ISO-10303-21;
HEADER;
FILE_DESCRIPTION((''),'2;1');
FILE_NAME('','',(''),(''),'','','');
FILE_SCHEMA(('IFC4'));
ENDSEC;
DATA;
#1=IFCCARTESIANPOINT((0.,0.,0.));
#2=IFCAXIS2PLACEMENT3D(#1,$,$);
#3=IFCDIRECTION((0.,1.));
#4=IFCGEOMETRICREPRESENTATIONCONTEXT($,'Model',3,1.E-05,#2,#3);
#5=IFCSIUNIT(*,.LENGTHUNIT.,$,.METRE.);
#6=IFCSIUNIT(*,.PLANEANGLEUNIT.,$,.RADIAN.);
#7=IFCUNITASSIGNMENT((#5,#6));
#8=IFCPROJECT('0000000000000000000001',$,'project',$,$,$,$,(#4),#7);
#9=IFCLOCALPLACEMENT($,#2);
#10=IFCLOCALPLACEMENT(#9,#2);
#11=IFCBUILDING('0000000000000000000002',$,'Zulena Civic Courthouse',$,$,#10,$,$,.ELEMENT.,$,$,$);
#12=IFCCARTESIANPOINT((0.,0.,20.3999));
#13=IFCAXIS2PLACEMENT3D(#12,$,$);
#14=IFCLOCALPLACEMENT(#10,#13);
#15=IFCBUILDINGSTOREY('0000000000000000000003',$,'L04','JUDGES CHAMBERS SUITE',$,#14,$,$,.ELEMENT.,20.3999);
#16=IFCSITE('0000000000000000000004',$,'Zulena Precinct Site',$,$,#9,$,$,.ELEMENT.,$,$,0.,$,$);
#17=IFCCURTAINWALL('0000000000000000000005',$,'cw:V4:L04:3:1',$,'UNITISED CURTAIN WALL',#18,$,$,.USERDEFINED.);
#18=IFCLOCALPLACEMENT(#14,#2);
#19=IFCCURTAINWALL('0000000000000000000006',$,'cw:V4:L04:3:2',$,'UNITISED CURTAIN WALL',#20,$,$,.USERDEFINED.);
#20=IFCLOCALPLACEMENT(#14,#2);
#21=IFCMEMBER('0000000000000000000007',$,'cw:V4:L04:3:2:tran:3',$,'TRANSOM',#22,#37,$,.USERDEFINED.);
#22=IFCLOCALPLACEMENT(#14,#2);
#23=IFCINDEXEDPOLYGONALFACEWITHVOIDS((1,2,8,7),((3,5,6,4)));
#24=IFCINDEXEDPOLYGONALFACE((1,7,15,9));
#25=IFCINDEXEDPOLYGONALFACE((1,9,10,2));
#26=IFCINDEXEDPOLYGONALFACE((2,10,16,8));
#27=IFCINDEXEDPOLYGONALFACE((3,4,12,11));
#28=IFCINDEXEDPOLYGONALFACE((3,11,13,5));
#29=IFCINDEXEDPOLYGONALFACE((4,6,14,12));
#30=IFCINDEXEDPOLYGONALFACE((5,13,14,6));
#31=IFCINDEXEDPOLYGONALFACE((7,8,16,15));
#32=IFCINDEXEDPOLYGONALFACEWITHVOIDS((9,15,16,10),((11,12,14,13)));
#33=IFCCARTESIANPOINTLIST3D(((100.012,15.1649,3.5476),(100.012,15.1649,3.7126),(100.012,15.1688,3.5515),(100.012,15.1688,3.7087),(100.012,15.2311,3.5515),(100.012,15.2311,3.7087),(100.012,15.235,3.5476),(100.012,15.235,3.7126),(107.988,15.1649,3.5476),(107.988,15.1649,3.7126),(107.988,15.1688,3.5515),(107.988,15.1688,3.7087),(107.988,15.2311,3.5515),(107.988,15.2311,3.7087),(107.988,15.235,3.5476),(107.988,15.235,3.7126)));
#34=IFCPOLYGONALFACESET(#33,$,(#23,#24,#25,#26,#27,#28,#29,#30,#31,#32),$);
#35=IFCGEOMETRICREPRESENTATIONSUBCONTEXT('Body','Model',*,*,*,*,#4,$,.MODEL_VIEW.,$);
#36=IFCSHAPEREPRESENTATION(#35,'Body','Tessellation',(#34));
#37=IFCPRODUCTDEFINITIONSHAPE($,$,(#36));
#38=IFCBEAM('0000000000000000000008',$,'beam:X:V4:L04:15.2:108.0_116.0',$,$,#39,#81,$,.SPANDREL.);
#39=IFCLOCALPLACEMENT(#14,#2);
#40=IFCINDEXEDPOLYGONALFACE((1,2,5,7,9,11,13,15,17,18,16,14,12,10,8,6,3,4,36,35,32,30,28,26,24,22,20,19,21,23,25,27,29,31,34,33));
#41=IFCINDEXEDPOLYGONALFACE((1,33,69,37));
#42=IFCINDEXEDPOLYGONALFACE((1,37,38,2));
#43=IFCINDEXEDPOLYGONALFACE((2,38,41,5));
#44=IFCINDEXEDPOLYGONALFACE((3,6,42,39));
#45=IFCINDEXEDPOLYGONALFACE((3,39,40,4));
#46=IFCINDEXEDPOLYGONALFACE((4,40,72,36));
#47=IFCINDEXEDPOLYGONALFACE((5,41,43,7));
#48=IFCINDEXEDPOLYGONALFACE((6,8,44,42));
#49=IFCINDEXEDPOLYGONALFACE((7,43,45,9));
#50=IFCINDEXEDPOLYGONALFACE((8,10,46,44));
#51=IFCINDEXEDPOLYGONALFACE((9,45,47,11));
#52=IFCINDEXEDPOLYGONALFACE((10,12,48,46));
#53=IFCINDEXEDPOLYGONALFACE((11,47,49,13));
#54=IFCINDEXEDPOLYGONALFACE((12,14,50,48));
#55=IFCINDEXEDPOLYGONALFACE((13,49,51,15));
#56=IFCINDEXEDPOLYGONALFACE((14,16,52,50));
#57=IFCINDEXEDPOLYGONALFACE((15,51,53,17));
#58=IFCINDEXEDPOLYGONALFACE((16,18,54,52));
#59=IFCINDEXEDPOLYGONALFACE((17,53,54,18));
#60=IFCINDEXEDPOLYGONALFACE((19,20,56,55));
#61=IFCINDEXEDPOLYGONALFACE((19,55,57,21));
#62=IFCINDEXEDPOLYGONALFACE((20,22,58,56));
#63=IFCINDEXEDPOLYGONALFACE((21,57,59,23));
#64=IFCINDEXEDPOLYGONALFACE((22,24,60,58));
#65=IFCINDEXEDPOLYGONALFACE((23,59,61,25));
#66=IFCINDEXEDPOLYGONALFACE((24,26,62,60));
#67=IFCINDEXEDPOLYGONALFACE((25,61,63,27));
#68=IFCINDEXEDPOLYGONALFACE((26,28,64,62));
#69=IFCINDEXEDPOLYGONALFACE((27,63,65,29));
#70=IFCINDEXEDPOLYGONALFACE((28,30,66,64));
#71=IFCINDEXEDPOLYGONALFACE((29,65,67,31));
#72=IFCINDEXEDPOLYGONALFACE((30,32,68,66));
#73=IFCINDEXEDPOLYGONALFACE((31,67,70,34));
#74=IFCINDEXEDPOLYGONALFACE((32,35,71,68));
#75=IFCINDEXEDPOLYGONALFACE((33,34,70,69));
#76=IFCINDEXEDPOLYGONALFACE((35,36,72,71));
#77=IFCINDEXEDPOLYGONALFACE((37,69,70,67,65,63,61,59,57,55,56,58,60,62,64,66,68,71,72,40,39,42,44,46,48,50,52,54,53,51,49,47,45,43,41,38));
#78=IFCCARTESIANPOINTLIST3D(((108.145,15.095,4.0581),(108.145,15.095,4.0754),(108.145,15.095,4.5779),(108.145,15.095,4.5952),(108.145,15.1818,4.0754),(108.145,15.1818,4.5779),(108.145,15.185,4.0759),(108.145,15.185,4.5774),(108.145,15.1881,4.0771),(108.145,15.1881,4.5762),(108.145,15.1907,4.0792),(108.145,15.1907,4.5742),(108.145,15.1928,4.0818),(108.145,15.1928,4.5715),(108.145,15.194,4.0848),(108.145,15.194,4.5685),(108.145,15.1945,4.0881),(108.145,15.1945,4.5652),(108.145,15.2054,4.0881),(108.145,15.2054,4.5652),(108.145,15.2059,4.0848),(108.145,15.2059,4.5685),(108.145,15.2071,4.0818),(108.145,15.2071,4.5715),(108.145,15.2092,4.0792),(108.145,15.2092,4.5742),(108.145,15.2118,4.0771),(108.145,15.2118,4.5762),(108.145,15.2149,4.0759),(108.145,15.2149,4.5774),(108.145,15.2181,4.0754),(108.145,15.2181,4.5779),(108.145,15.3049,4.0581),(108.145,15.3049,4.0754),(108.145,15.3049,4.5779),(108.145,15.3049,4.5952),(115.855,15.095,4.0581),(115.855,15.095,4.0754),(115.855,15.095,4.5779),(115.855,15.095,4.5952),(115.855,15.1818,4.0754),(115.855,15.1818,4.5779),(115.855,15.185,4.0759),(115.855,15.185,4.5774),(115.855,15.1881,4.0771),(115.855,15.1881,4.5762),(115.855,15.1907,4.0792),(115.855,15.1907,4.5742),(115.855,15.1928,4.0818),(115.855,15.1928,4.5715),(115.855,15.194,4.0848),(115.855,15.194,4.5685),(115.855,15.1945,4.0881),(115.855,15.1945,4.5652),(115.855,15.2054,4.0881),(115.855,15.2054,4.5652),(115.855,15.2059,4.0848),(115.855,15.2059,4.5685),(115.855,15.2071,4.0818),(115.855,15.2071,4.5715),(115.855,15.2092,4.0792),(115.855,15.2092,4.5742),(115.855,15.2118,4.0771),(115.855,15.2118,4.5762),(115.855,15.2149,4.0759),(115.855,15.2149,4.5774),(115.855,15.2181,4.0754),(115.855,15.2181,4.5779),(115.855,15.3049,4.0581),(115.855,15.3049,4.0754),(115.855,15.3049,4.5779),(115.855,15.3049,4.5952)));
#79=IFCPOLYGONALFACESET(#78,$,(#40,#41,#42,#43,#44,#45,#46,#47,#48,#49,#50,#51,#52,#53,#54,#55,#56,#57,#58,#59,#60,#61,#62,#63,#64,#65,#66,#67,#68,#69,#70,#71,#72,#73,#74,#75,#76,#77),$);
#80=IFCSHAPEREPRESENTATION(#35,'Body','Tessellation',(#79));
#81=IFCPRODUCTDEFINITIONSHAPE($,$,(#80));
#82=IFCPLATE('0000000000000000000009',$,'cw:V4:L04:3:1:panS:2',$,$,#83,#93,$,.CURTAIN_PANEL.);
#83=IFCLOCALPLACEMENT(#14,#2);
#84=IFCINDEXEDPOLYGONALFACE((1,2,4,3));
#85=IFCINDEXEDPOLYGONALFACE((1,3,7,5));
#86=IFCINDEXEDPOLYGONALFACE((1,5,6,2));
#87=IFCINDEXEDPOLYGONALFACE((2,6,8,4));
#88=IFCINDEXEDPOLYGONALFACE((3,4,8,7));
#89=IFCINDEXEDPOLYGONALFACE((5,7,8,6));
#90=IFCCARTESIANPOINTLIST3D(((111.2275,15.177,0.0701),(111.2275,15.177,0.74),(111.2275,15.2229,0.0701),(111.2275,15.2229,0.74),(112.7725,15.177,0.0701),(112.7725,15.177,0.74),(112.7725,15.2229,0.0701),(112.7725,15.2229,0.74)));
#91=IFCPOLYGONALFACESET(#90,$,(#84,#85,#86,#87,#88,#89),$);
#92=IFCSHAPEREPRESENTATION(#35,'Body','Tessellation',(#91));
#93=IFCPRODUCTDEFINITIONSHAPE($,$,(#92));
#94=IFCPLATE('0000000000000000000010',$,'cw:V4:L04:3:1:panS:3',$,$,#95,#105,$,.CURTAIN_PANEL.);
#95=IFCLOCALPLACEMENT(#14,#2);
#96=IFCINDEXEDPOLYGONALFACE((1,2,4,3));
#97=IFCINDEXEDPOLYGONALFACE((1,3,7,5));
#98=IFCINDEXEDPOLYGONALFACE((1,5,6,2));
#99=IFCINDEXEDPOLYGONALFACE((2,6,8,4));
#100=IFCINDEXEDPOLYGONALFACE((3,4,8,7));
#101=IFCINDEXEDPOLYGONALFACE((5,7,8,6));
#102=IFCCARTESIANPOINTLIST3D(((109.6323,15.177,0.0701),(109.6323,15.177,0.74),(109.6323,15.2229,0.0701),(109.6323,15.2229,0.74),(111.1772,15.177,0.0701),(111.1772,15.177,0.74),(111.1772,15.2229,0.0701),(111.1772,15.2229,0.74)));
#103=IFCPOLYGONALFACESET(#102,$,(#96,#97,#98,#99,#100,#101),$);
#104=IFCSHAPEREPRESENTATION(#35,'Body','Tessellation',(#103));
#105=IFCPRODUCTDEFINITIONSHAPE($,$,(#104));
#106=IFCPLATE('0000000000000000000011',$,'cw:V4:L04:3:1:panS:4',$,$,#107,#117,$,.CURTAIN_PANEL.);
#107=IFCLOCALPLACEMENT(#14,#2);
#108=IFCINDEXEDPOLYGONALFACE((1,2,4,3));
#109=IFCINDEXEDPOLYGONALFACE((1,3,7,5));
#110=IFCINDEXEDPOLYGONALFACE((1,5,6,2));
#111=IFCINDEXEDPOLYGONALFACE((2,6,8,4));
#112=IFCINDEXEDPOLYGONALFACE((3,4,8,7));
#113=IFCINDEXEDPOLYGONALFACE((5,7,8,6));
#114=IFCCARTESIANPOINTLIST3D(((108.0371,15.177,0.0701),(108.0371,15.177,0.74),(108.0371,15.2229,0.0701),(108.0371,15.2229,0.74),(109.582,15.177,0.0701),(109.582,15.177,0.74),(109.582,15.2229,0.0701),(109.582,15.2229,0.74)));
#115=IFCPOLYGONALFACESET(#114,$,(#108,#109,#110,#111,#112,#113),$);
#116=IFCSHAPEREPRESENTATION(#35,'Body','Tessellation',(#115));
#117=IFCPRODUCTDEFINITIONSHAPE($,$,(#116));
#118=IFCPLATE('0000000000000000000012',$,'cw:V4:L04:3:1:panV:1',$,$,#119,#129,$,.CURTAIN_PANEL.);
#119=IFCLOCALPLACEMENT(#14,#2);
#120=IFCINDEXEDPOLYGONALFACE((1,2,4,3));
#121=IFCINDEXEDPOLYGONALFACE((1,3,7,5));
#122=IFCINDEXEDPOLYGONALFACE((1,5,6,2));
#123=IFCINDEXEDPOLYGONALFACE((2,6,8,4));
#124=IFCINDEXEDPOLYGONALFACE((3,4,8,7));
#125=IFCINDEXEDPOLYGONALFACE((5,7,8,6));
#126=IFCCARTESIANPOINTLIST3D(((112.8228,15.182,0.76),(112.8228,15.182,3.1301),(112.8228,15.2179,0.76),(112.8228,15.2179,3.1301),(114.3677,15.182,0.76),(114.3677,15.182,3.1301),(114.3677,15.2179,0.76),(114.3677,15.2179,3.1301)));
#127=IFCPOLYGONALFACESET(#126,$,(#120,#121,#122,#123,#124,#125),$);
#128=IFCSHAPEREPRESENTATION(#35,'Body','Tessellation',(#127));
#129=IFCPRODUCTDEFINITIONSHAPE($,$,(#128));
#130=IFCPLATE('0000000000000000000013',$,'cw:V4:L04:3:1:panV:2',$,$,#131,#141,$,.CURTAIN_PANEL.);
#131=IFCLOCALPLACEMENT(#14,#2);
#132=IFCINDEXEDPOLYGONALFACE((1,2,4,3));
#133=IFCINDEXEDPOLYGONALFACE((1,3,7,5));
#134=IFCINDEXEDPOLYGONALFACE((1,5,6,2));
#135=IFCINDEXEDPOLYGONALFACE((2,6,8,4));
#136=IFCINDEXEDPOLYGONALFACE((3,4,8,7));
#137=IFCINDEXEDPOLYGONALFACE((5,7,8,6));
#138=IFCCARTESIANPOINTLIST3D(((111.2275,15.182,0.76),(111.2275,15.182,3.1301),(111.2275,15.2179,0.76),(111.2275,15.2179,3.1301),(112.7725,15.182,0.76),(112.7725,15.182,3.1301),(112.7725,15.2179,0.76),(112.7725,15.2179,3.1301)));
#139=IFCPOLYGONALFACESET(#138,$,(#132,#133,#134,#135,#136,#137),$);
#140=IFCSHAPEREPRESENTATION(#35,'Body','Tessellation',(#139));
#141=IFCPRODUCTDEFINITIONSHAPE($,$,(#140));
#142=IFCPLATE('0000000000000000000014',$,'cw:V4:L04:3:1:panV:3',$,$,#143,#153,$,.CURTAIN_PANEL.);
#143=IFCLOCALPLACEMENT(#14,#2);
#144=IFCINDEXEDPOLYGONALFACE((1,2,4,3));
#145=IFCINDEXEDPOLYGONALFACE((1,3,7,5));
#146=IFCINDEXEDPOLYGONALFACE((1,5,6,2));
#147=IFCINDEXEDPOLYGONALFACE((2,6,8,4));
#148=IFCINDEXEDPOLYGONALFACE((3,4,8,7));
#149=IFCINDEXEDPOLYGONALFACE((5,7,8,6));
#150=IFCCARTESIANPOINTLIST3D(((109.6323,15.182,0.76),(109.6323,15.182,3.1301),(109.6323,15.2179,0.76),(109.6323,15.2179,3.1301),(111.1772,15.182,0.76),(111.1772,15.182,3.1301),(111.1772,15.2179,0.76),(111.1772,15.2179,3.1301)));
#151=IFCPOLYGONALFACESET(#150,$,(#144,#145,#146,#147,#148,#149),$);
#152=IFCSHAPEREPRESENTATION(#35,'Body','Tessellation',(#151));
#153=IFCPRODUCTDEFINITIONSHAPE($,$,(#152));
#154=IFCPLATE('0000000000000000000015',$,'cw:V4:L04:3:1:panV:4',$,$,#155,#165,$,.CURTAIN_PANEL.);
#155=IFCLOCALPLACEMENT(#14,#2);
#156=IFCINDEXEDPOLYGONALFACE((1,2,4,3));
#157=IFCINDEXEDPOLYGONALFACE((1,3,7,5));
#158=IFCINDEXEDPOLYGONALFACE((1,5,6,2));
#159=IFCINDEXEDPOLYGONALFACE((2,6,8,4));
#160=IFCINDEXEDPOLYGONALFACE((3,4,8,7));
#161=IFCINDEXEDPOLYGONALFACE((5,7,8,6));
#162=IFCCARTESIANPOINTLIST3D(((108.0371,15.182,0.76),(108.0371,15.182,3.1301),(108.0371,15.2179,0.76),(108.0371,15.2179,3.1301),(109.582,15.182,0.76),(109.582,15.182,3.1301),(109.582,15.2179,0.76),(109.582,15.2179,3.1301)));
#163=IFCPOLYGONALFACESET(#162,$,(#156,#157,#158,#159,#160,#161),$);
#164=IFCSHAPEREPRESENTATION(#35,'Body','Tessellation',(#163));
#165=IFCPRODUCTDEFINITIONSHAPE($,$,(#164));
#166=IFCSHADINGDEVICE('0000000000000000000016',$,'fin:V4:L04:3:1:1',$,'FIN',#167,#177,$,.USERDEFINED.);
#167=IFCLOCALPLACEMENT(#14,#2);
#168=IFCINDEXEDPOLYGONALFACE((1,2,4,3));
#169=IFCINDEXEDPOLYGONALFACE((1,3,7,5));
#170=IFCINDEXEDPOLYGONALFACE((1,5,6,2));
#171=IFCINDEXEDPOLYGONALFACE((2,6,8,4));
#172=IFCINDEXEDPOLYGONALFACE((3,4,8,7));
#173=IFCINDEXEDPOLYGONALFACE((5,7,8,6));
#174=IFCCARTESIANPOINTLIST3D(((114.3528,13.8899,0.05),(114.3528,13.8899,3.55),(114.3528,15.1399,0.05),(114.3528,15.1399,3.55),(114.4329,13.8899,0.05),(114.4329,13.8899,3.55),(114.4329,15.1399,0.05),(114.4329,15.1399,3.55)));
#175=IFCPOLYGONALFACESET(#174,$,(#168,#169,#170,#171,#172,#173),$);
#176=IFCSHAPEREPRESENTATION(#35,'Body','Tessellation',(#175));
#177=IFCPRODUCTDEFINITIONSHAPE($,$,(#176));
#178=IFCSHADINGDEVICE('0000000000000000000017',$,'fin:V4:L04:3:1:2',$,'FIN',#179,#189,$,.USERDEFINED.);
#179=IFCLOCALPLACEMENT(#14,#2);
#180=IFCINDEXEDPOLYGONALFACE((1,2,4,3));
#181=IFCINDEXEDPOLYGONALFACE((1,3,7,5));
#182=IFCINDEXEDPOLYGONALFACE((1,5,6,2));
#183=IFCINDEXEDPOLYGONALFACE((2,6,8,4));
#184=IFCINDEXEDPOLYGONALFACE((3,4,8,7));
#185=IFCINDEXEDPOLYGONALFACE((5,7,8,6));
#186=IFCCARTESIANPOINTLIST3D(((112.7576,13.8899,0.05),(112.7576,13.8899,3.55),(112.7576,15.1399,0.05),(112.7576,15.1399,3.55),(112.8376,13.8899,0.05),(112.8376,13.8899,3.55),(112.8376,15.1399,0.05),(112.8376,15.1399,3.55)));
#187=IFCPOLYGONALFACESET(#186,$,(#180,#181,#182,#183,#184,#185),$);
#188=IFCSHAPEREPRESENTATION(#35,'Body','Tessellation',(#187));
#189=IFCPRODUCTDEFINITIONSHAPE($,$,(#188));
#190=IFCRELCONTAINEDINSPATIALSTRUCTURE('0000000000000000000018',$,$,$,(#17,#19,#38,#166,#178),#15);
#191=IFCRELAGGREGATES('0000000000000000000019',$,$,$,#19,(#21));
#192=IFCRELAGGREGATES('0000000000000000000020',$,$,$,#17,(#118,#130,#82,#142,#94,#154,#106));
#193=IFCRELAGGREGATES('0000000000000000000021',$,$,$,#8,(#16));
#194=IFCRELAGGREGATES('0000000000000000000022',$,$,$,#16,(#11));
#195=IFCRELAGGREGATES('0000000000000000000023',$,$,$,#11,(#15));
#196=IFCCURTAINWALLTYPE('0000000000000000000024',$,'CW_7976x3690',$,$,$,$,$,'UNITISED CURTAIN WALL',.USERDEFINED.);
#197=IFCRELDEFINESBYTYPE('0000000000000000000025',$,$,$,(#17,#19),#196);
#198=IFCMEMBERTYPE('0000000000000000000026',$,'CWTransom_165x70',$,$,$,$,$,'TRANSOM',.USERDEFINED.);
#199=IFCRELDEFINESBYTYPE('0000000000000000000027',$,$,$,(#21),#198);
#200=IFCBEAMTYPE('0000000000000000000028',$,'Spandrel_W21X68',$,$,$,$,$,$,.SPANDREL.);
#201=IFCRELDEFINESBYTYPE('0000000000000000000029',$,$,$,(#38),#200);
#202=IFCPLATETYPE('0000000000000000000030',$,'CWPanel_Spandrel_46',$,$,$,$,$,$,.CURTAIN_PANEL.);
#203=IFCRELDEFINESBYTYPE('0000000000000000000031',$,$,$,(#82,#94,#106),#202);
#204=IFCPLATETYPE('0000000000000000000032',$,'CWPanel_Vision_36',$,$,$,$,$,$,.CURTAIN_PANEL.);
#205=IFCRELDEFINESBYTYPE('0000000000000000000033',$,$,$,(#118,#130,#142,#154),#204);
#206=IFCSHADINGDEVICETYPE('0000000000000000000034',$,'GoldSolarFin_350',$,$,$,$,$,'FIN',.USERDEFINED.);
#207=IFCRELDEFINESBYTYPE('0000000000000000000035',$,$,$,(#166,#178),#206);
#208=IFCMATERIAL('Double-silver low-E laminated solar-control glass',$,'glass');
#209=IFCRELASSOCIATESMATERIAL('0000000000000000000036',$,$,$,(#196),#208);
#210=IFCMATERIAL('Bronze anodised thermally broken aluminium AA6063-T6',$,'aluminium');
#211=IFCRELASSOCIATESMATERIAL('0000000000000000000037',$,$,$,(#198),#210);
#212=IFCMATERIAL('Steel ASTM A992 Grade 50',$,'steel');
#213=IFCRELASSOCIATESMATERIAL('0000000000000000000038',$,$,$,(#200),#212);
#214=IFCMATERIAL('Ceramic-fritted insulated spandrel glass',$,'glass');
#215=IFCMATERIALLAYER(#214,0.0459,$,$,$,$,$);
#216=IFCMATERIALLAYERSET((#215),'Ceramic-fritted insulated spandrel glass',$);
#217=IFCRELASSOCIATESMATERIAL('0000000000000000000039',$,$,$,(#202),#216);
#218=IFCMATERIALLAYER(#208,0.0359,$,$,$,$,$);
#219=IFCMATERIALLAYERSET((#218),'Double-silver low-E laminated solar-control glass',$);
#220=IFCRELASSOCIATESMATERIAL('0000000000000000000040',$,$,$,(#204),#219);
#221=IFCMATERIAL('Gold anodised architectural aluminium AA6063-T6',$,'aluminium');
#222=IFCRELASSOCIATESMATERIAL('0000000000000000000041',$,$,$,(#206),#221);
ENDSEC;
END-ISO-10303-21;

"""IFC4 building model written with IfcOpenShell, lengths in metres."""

from ifc_helpers import new_model, si_unit, direction, frame, origin, origin_2d, place, context, subcontext, project, spatial, rectangle, hollow_rectangle, i_section, extrude, material, layer, layer_set, material_profile, profile_set, type_object, element, aggregate, save


model = new_model("IFC4")

# Units and contexts
model_context = context("Model", 3, precision=1e-05, world=origin(), true_north=direction((0.0, 1.0)))
body_context = subcontext(model_context, "Body", "Model", "MODEL_VIEW")
ifc_project = project(units=[si_unit("LENGTHUNIT", "METRE"), si_unit("PLANEANGLEUNIT", "RADIAN")], contexts=[model_context])

# Site, building, storey
site_placement = place(None, origin())
site = spatial("IfcSite", under=ifc_project, at=site_placement, Name="Zulena Precinct Site", CompositionType="ELEMENT", RefElevation=0.0)
building_placement = place(site_placement, origin())
building = spatial("IfcBuilding", under=site, at=building_placement, Name="Zulena Civic Courthouse", CompositionType="ELEMENT")
storey_placement = place(building_placement, frame((0.0, 0.0, 20.3999)))
storey = spatial("IfcBuildingStorey", under=building, at=storey_placement, Name="L04", Description="JUDGES CHAMBERS SUITE", CompositionType="ELEMENT", Elevation=20.3999)

# Shared definitions
ifc_material_1 = material(Name="Steel ASTM A992 Grade 50", Category="steel")

# Curtain walls, member
ifc_material_2 = material(Name="Double-silver low-E laminated solar-control glass", Category="glass")
curtain_wall_type = type_object("IfcCurtainWallType", Name="CW_7976x3690", ElementType="UNITISED CURTAIN WALL", PredefinedType="USERDEFINED", material=ifc_material_2)
curtain_wall_1_placement = place(storey_placement, origin())
curtain_wall_1 = element("IfcCurtainWall", 1, at=curtain_wall_1_placement, inside=storey, type_object=curtain_wall_type, Name="cw:V4:L04:3:1", ObjectType="UNITISED CURTAIN WALL", PredefinedType="USERDEFINED")
ifc_material_3 = material(Name="Bronze anodised thermally broken aluminium AA6063-T6", Category="aluminium")
curtain_wall_2_placement = place(storey_placement, origin())
curtain_wall_2 = element("IfcCurtainWall", 2, at=curtain_wall_2_placement, inside=storey, type_object=curtain_wall_type, Name="cw:V4:L04:3:2", ObjectType="UNITISED CURTAIN WALL", PredefinedType="USERDEFINED")
ifc_material_profile_1 = material_profile(ifc_material_3, hollow_rectangle(XDim=0.0701, YDim=0.165, WallThickness=0.0039, at=origin_2d()), Name="CWT165X70X4")
ifc_profile_set_1 = profile_set([ifc_material_profile_1], Name="Bronze anodised thermally broken aluminium AA6063-T6")
member_type_1 = type_object("IfcMemberType", Name="CWTransom_165x70", ElementType="TRANSOM", PredefinedType="USERDEFINED", material=ifc_profile_set_1)
member_1_placement = place(storey_placement, frame((107.988, 15.2, 3.6301), z_axis=(-1.0, 0.0, 0.0), x_axis=(0.0, -1.0, 0.0)))
member_1 = element("IfcMember", 3, at=member_1_placement, type_object=member_type_1, Name="cw:V4:L04:3:2:tran:3", ObjectType="TRANSOM", PredefinedType="USERDEFINED", context=body_context, shape_type="SweptSolid", body=[
    extrude(hollow_rectangle(XDim=0.0701, YDim=0.165, WallThickness=0.0039, at=origin_2d()), origin(), (0.0, 0.0, 1.0), 7.9761),
])
aggregate(curtain_wall_2, [member_1])

# Beam
ifc_material_profile_2 = material_profile(ifc_material_1, i_section(OverallWidth=0.21, OverallDepth=0.5371, WebThickness=0.011, FlangeThickness=0.0173, FilletRadius=0.0127, at=origin_2d()), Name="W21X68")
ifc_profile_set_2 = profile_set([ifc_material_profile_2], Name="Steel ASTM A992 Grade 50")
beam_type = type_object("IfcBeamType", Name="Spandrel_W21X68", PredefinedType="SPANDREL", material=ifc_profile_set_2)
beam_placement = place(storey_placement, frame((108.145, 15.2, 4.3267), z_axis=(1.0, 0.0, 0.0), x_axis=(0.0, 1.0, 0.0)))
element("IfcBeam", 4, at=beam_placement, inside=storey, type_object=beam_type, Name="beam:X:V4:L04:15.2:108.0_116.0", PredefinedType="SPANDREL", context=body_context, shape_type="SweptSolid", body=[
    extrude(i_section(OverallWidth=0.21, OverallDepth=0.5371, WebThickness=0.011, FlangeThickness=0.0173, FilletRadius=0.0127, at=origin_2d()), origin(), (0.0, 0.0, 1.0), 7.71),
])

# Plates
ifc_material_4 = material(Name="Ceramic-fritted insulated spandrel glass", Category="glass")
ifc_layer_1 = layer(ifc_material_4, 0.0459)
ifc_layer_set_1 = layer_set([ifc_layer_1], Name="Ceramic-fritted insulated spandrel glass")
plate_type_1 = type_object("IfcPlateType", Name="CWPanel_Spandrel_46", PredefinedType="CURTAIN_PANEL", material=ifc_layer_set_1)
plate_1_placement = place(storey_placement, frame((112.0, 15.2, 0.0701), z_axis=(0.0, 0.0, 1.0), x_axis=(-1.0, 0.0, 0.0)))
plate_1 = element("IfcPlate", 5, at=plate_1_placement, type_object=plate_type_1, Name="cw:V4:L04:3:1:panS:2", PredefinedType="CURTAIN_PANEL", context=body_context, shape_type="SweptSolid", body=[
    extrude(rectangle(XDim=1.5449, YDim=0.0459, at=origin_2d()), origin(), (0.0, 0.0, 1.0), 0.6699),
])
plate_2_placement = place(storey_placement, frame((110.4048, 15.2, 0.0701), z_axis=(0.0, 0.0, 1.0), x_axis=(-1.0, 0.0, 0.0)))
plate_2 = element("IfcPlate", 6, at=plate_2_placement, type_object=plate_type_1, Name="cw:V4:L04:3:1:panS:3", PredefinedType="CURTAIN_PANEL", context=body_context, shape_type="SweptSolid", body=[
    extrude(rectangle(XDim=1.5449, YDim=0.0459, at=origin_2d()), origin(), (0.0, 0.0, 1.0), 0.6699),
])
plate_3_placement = place(storey_placement, frame((108.8096, 15.2, 0.0701), z_axis=(0.0, 0.0, 1.0), x_axis=(-1.0, 0.0, 0.0)))
plate_3 = element("IfcPlate", 7, at=plate_3_placement, type_object=plate_type_1, Name="cw:V4:L04:3:1:panS:4", PredefinedType="CURTAIN_PANEL", context=body_context, shape_type="SweptSolid", body=[
    extrude(rectangle(XDim=1.5449, YDim=0.0459, at=origin_2d()), origin(), (0.0, 0.0, 1.0), 0.6699),
])
ifc_layer_2 = layer(ifc_material_2, 0.0359)
ifc_layer_set_2 = layer_set([ifc_layer_2], Name="Double-silver low-E laminated solar-control glass")
plate_type_2 = type_object("IfcPlateType", Name="CWPanel_Vision_36", PredefinedType="CURTAIN_PANEL", material=ifc_layer_set_2)
plate_4_placement = place(storey_placement, frame((113.5952, 15.2, 0.76), z_axis=(0.0, 0.0, 1.0), x_axis=(-1.0, 0.0, 0.0)))
plate_4 = element("IfcPlate", 8, at=plate_4_placement, type_object=plate_type_2, Name="cw:V4:L04:3:1:panV:1", PredefinedType="CURTAIN_PANEL", context=body_context, shape_type="SweptSolid", body=[
    extrude(rectangle(XDim=1.5449, YDim=0.0359, at=origin_2d()), origin(), (0.0, 0.0, 1.0), 2.3701),
])
plate_5_placement = place(storey_placement, frame((112.0, 15.2, 0.76), z_axis=(0.0, 0.0, 1.0), x_axis=(-1.0, 0.0, 0.0)))
plate_5 = element("IfcPlate", 9, at=plate_5_placement, type_object=plate_type_2, Name="cw:V4:L04:3:1:panV:2", PredefinedType="CURTAIN_PANEL", context=body_context, shape_type="SweptSolid", body=[
    extrude(rectangle(XDim=1.5449, YDim=0.0359, at=origin_2d()), origin(), (0.0, 0.0, 1.0), 2.3701),
])
plate_6_placement = place(storey_placement, frame((110.4048, 15.2, 0.76), z_axis=(0.0, 0.0, 1.0), x_axis=(-1.0, 0.0, 0.0)))
plate_6 = element("IfcPlate", 10, at=plate_6_placement, type_object=plate_type_2, Name="cw:V4:L04:3:1:panV:3", PredefinedType="CURTAIN_PANEL", context=body_context, shape_type="SweptSolid", body=[
    extrude(rectangle(XDim=1.5449, YDim=0.0359, at=origin_2d()), origin(), (0.0, 0.0, 1.0), 2.3701),
])
plate_7_placement = place(storey_placement, frame((108.8096, 15.2, 0.76), z_axis=(0.0, 0.0, 1.0), x_axis=(-1.0, 0.0, 0.0)))
plate_7 = element("IfcPlate", 11, at=plate_7_placement, type_object=plate_type_2, Name="cw:V4:L04:3:1:panV:4", PredefinedType="CURTAIN_PANEL", context=body_context, shape_type="SweptSolid", body=[
    extrude(rectangle(XDim=1.5449, YDim=0.0359, at=origin_2d()), origin(), (0.0, 0.0, 1.0), 2.3701),
])
aggregate(curtain_wall_1, [plate_4, plate_5, plate_1, plate_6, plate_2, plate_7, plate_3])

# Shading devices
ifc_material_5 = material(Name="Gold anodised architectural aluminium AA6063-T6", Category="aluminium")
shading_device_type = type_object("IfcShadingDeviceType", Name="GoldSolarFin_350", ElementType="FIN", PredefinedType="USERDEFINED", material=ifc_material_5)
for number, where, z_axis, x_axis, name in (
    (12, (114.3928, 14.5149, 0.05), (0.0, 0.0, 1.0), (0.0, -1.0, 0.0), "fin:V4:L04:3:1:1"),
    (13, (112.7976, 14.5149, 0.05), (0.0, 0.0, 1.0), (0.0, -1.0, 0.0), "fin:V4:L04:3:1:2"),
):
    element("IfcShadingDevice", number, at=place(storey_placement, frame(where, z_axis=z_axis, x_axis=x_axis)), inside=storey, type_object=shading_device_type, Name=name, ObjectType="FIN", PredefinedType="USERDEFINED", context=body_context, shape_type="SweptSolid", body=[
        extrude(rectangle(XDim=1.25, YDim=0.0801, at=origin_2d()), origin(), (0.0, 0.0, 1.0), 3.5),
    ])

save(model, "model.ifc")
